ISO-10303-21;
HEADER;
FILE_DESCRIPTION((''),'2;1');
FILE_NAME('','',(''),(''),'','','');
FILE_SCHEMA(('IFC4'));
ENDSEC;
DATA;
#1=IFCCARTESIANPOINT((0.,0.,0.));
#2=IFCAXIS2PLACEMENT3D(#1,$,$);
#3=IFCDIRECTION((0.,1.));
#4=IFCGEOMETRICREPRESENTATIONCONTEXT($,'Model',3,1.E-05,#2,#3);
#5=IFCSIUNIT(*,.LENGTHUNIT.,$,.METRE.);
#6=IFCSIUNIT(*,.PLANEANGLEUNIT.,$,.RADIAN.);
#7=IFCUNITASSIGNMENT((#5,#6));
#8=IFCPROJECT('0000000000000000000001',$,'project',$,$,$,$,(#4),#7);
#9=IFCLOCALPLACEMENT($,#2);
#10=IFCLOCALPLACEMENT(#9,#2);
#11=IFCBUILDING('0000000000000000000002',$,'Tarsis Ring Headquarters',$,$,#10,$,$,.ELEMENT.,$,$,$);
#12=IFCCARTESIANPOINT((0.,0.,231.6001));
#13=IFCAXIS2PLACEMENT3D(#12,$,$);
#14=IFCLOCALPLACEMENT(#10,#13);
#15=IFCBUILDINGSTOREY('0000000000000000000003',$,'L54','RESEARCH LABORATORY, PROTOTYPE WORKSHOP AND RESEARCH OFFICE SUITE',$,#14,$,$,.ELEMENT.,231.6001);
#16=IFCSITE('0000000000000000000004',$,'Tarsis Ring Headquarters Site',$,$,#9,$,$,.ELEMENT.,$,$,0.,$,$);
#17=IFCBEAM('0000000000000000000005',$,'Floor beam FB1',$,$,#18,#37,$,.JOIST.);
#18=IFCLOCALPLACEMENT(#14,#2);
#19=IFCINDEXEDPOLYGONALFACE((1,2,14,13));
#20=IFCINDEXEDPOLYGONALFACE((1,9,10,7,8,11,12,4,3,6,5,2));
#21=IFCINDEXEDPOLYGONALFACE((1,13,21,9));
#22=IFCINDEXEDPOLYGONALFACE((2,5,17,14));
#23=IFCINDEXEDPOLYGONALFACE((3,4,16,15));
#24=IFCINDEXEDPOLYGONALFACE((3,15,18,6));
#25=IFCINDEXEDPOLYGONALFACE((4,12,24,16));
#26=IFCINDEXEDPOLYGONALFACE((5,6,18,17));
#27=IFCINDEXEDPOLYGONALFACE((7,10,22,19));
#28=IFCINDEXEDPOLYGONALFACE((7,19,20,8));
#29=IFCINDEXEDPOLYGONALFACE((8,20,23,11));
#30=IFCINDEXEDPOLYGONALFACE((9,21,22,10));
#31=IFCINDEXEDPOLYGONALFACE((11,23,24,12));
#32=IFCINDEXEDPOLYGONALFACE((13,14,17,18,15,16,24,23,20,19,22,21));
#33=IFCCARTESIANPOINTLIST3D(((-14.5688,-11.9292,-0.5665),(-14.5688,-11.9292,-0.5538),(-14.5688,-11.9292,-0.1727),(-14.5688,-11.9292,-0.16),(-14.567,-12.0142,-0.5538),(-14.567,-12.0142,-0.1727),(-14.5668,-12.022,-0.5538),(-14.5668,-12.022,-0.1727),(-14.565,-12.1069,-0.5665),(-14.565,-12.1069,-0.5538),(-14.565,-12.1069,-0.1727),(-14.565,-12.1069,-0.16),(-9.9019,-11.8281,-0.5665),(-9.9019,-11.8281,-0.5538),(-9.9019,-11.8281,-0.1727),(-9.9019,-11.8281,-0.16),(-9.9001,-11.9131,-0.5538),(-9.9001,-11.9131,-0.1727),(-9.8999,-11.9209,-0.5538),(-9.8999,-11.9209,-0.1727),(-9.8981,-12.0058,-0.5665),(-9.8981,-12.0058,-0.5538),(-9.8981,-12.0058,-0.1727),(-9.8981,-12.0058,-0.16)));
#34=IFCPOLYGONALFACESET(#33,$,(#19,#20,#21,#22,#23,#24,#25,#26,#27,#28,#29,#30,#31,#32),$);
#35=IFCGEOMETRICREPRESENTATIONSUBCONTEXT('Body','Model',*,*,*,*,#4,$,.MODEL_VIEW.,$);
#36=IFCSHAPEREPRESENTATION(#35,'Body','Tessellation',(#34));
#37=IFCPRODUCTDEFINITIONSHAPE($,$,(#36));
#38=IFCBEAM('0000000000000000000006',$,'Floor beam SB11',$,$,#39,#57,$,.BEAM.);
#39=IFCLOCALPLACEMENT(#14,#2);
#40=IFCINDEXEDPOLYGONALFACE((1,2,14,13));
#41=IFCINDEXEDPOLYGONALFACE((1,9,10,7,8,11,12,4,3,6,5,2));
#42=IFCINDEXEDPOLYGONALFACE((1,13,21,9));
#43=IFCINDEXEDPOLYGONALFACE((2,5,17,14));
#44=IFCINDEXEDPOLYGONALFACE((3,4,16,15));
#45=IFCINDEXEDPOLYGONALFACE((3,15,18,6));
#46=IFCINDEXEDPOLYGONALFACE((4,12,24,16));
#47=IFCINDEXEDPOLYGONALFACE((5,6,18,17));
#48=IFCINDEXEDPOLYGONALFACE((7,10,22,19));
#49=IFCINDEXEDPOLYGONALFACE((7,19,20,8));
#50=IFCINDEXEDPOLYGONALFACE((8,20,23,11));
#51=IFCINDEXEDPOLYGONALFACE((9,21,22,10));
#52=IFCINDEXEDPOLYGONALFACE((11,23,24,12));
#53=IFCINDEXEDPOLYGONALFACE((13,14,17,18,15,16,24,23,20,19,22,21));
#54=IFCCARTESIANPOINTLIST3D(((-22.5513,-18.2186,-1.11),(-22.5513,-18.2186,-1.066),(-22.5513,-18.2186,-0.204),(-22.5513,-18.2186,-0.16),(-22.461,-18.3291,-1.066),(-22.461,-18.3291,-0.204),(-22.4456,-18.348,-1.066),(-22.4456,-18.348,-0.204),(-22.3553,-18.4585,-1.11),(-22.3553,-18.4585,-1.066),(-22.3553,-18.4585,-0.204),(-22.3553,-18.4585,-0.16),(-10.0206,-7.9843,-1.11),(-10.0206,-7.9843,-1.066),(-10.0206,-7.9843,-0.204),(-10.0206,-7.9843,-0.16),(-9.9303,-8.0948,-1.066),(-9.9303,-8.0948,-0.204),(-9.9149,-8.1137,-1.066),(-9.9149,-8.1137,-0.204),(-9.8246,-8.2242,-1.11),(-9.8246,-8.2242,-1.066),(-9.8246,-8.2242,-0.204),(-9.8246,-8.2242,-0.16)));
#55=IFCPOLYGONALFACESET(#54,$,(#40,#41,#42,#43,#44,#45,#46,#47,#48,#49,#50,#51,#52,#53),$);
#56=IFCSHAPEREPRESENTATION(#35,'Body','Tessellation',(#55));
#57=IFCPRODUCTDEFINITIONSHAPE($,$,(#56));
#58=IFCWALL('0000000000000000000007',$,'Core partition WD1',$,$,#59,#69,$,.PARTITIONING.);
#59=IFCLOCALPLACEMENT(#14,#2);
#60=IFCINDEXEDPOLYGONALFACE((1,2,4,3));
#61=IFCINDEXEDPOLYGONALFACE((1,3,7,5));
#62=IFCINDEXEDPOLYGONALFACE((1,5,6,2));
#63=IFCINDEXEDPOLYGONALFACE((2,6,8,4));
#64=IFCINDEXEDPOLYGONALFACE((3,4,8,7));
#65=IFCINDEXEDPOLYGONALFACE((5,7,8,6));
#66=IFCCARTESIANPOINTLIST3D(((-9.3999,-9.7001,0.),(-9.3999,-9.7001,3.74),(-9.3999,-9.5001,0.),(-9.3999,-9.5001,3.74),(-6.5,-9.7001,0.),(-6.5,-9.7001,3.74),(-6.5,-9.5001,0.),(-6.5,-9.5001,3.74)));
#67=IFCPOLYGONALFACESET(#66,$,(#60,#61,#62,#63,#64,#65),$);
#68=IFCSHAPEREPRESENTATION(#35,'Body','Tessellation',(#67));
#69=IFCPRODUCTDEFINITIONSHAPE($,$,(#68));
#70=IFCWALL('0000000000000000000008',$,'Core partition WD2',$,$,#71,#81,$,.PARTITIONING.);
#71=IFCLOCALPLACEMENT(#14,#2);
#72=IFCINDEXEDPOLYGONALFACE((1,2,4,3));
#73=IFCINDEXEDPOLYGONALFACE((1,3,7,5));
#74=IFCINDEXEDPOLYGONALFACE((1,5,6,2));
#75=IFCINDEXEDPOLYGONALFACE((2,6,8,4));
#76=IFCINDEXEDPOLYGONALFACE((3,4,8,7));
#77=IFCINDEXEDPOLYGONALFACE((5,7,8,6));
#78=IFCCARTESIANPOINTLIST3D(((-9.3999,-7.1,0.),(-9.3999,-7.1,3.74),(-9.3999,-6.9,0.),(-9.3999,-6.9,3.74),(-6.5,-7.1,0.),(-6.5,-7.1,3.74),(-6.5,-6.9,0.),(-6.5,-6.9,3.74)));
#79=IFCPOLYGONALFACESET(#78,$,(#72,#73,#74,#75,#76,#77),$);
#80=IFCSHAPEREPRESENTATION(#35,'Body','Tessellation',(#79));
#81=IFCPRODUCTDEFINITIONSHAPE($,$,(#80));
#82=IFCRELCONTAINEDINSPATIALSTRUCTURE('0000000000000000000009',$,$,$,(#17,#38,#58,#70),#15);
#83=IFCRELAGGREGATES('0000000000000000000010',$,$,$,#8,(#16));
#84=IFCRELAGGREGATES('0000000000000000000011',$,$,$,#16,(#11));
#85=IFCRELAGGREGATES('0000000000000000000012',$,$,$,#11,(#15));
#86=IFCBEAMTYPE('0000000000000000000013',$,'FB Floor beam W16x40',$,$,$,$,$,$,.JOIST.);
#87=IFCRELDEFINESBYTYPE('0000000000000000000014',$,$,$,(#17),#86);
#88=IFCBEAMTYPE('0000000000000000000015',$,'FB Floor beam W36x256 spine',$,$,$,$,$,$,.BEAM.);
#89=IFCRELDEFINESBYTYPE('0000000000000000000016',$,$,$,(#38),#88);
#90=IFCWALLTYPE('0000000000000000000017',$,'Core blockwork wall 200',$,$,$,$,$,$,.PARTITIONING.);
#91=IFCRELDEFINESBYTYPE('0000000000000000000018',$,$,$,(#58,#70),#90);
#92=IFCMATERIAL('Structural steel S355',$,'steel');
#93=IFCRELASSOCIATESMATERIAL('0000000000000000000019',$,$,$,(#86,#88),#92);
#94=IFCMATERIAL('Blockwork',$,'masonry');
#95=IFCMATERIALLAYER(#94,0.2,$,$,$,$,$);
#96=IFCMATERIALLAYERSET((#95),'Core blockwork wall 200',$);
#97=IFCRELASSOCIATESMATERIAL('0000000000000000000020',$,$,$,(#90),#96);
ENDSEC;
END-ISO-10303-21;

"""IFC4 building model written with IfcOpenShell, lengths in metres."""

from ifc_helpers import new_model, si_unit, direction, frame, frame_2d, origin, origin_2d, place, context, subcontext, project, spatial, rectangle, i_section, extrude, material, layer, layer_set, material_profile, profile_set, type_object, element, save


model = new_model("IFC4")

# Units and contexts
model_context = context("Model", 3, precision=1e-05, world=origin(), true_north=direction((0.0, 1.0)))
body_context = subcontext(model_context, "Body", "Model", "MODEL_VIEW")
ifc_project = project(units=[si_unit("LENGTHUNIT", "METRE"), si_unit("PLANEANGLEUNIT", "RADIAN")], contexts=[model_context])

# Site, building, storey
site_placement = place(None, origin())
site = spatial("IfcSite", under=ifc_project, at=site_placement, Name="Tarsis Ring Headquarters Site", CompositionType="ELEMENT", RefElevation=0.0)
building_placement = place(site_placement, origin())
building = spatial("IfcBuilding", under=site, at=building_placement, Name="Tarsis Ring Headquarters", CompositionType="ELEMENT")
storey_placement = place(building_placement, frame((0.0, 0.0, 231.6001)))
storey = spatial("IfcBuildingStorey", under=building, at=storey_placement, Name="L54", Description="RESEARCH LABORATORY, PROTOTYPE WORKSHOP AND RESEARCH OFFICE SUITE", CompositionType="ELEMENT", Elevation=231.6001)

# Beams
ifc_material_1 = material(Name="Structural steel S355", Category="steel")
ifc_material_profile_1 = material_profile(ifc_material_1, i_section(OverallWidth=0.1777, OverallDepth=0.4065, WebThickness=0.0078, FlangeThickness=0.0127, at=origin_2d()), Name="W16x40")
ifc_profile_set_1 = profile_set([ifc_material_profile_1], Name="Structural steel S355")
beam_type_1 = type_object("IfcBeamType", Name="FB Floor beam W16x40", PredefinedType="JOIST", material=ifc_profile_set_1)
beam_1_placement = place(storey_placement, frame((-14.5669, -12.0181, -0.3633), z_axis=(0.999766, 0.021652, 0.0), x_axis=(-0.021652, 0.999766, 0.0)))
element("IfcBeam", 1, at=beam_1_placement, inside=storey, type_object=beam_type_1, Name="Floor beam FB1", PredefinedType="JOIST", context=body_context, shape_type="SweptSolid", body=[
    extrude(i_section(OverallWidth=0.1777, OverallDepth=0.4065, WebThickness=0.0078, FlangeThickness=0.0127, at=origin_2d()), origin(), (0.0, 0.0, 1.0), 4.668),
])
ifc_material_profile_2 = material_profile(ifc_material_1, i_section(OverallWidth=0.3098, OverallDepth=0.95, WebThickness=0.0244, FlangeThickness=0.0439, at=origin_2d()), Name="W36x256")
ifc_profile_set_2 = profile_set([ifc_material_profile_2], Name="Structural steel S355")
beam_type_2 = type_object("IfcBeamType", Name="FB Floor beam W36x256 spine", PredefinedType="BEAM", material=ifc_profile_set_2)
beam_2_placement = place(storey_placement, frame((-9.9226, -8.1042, -0.635), z_axis=(-0.774504, -0.632569, 0.0), x_axis=(0.632569, -0.774504, 0.0)))
element("IfcBeam", 2, at=beam_2_placement, inside=storey, type_object=beam_type_2, Name="Floor beam SB11", PredefinedType="BEAM", context=body_context, shape_type="SweptSolid", body=[
    extrude(i_section(OverallWidth=0.3098, OverallDepth=0.95, WebThickness=0.0244, FlangeThickness=0.0439, at=origin_2d()), origin(), (0.0, 0.0, 1.0), 16.179),
])

# Walls
ifc_material_2 = material(Name="Blockwork", Category="masonry")
ifc_layer_1 = layer(ifc_material_2, 0.2)
ifc_layer_set_1 = layer_set([ifc_layer_1], Name="Core blockwork wall 200")
wall_type_1 = type_object("IfcWallType", Name="Core blockwork wall 200", PredefinedType="PARTITIONING", material=ifc_layer_set_1)
for number, where, z_axis, x_axis, name in (
    (3, (-9.3999, -9.6001, 0.0), (0.0, 0.0, 1.0), (1.0, 0.0, 0.0), "Core partition WD1"),
    (4, (-9.3999, -7.0, 0.0), (0.0, 0.0, 1.0), (1.0, 0.0, 0.0), "Core partition WD2"),
):
    element("IfcWall", number, at=place(storey_placement, frame(where, z_axis=z_axis, x_axis=x_axis)), inside=storey, type_object=wall_type_1, Name=name, PredefinedType="PARTITIONING", context=body_context, shape_type="SweptSolid", body=[
        extrude(rectangle(XDim=2.8999, YDim=0.2, at=frame_2d((1.45, 0.0))), origin(), (0.0, 0.0, 1.0), 3.74),
    ])

save(model, "model.ifc")
